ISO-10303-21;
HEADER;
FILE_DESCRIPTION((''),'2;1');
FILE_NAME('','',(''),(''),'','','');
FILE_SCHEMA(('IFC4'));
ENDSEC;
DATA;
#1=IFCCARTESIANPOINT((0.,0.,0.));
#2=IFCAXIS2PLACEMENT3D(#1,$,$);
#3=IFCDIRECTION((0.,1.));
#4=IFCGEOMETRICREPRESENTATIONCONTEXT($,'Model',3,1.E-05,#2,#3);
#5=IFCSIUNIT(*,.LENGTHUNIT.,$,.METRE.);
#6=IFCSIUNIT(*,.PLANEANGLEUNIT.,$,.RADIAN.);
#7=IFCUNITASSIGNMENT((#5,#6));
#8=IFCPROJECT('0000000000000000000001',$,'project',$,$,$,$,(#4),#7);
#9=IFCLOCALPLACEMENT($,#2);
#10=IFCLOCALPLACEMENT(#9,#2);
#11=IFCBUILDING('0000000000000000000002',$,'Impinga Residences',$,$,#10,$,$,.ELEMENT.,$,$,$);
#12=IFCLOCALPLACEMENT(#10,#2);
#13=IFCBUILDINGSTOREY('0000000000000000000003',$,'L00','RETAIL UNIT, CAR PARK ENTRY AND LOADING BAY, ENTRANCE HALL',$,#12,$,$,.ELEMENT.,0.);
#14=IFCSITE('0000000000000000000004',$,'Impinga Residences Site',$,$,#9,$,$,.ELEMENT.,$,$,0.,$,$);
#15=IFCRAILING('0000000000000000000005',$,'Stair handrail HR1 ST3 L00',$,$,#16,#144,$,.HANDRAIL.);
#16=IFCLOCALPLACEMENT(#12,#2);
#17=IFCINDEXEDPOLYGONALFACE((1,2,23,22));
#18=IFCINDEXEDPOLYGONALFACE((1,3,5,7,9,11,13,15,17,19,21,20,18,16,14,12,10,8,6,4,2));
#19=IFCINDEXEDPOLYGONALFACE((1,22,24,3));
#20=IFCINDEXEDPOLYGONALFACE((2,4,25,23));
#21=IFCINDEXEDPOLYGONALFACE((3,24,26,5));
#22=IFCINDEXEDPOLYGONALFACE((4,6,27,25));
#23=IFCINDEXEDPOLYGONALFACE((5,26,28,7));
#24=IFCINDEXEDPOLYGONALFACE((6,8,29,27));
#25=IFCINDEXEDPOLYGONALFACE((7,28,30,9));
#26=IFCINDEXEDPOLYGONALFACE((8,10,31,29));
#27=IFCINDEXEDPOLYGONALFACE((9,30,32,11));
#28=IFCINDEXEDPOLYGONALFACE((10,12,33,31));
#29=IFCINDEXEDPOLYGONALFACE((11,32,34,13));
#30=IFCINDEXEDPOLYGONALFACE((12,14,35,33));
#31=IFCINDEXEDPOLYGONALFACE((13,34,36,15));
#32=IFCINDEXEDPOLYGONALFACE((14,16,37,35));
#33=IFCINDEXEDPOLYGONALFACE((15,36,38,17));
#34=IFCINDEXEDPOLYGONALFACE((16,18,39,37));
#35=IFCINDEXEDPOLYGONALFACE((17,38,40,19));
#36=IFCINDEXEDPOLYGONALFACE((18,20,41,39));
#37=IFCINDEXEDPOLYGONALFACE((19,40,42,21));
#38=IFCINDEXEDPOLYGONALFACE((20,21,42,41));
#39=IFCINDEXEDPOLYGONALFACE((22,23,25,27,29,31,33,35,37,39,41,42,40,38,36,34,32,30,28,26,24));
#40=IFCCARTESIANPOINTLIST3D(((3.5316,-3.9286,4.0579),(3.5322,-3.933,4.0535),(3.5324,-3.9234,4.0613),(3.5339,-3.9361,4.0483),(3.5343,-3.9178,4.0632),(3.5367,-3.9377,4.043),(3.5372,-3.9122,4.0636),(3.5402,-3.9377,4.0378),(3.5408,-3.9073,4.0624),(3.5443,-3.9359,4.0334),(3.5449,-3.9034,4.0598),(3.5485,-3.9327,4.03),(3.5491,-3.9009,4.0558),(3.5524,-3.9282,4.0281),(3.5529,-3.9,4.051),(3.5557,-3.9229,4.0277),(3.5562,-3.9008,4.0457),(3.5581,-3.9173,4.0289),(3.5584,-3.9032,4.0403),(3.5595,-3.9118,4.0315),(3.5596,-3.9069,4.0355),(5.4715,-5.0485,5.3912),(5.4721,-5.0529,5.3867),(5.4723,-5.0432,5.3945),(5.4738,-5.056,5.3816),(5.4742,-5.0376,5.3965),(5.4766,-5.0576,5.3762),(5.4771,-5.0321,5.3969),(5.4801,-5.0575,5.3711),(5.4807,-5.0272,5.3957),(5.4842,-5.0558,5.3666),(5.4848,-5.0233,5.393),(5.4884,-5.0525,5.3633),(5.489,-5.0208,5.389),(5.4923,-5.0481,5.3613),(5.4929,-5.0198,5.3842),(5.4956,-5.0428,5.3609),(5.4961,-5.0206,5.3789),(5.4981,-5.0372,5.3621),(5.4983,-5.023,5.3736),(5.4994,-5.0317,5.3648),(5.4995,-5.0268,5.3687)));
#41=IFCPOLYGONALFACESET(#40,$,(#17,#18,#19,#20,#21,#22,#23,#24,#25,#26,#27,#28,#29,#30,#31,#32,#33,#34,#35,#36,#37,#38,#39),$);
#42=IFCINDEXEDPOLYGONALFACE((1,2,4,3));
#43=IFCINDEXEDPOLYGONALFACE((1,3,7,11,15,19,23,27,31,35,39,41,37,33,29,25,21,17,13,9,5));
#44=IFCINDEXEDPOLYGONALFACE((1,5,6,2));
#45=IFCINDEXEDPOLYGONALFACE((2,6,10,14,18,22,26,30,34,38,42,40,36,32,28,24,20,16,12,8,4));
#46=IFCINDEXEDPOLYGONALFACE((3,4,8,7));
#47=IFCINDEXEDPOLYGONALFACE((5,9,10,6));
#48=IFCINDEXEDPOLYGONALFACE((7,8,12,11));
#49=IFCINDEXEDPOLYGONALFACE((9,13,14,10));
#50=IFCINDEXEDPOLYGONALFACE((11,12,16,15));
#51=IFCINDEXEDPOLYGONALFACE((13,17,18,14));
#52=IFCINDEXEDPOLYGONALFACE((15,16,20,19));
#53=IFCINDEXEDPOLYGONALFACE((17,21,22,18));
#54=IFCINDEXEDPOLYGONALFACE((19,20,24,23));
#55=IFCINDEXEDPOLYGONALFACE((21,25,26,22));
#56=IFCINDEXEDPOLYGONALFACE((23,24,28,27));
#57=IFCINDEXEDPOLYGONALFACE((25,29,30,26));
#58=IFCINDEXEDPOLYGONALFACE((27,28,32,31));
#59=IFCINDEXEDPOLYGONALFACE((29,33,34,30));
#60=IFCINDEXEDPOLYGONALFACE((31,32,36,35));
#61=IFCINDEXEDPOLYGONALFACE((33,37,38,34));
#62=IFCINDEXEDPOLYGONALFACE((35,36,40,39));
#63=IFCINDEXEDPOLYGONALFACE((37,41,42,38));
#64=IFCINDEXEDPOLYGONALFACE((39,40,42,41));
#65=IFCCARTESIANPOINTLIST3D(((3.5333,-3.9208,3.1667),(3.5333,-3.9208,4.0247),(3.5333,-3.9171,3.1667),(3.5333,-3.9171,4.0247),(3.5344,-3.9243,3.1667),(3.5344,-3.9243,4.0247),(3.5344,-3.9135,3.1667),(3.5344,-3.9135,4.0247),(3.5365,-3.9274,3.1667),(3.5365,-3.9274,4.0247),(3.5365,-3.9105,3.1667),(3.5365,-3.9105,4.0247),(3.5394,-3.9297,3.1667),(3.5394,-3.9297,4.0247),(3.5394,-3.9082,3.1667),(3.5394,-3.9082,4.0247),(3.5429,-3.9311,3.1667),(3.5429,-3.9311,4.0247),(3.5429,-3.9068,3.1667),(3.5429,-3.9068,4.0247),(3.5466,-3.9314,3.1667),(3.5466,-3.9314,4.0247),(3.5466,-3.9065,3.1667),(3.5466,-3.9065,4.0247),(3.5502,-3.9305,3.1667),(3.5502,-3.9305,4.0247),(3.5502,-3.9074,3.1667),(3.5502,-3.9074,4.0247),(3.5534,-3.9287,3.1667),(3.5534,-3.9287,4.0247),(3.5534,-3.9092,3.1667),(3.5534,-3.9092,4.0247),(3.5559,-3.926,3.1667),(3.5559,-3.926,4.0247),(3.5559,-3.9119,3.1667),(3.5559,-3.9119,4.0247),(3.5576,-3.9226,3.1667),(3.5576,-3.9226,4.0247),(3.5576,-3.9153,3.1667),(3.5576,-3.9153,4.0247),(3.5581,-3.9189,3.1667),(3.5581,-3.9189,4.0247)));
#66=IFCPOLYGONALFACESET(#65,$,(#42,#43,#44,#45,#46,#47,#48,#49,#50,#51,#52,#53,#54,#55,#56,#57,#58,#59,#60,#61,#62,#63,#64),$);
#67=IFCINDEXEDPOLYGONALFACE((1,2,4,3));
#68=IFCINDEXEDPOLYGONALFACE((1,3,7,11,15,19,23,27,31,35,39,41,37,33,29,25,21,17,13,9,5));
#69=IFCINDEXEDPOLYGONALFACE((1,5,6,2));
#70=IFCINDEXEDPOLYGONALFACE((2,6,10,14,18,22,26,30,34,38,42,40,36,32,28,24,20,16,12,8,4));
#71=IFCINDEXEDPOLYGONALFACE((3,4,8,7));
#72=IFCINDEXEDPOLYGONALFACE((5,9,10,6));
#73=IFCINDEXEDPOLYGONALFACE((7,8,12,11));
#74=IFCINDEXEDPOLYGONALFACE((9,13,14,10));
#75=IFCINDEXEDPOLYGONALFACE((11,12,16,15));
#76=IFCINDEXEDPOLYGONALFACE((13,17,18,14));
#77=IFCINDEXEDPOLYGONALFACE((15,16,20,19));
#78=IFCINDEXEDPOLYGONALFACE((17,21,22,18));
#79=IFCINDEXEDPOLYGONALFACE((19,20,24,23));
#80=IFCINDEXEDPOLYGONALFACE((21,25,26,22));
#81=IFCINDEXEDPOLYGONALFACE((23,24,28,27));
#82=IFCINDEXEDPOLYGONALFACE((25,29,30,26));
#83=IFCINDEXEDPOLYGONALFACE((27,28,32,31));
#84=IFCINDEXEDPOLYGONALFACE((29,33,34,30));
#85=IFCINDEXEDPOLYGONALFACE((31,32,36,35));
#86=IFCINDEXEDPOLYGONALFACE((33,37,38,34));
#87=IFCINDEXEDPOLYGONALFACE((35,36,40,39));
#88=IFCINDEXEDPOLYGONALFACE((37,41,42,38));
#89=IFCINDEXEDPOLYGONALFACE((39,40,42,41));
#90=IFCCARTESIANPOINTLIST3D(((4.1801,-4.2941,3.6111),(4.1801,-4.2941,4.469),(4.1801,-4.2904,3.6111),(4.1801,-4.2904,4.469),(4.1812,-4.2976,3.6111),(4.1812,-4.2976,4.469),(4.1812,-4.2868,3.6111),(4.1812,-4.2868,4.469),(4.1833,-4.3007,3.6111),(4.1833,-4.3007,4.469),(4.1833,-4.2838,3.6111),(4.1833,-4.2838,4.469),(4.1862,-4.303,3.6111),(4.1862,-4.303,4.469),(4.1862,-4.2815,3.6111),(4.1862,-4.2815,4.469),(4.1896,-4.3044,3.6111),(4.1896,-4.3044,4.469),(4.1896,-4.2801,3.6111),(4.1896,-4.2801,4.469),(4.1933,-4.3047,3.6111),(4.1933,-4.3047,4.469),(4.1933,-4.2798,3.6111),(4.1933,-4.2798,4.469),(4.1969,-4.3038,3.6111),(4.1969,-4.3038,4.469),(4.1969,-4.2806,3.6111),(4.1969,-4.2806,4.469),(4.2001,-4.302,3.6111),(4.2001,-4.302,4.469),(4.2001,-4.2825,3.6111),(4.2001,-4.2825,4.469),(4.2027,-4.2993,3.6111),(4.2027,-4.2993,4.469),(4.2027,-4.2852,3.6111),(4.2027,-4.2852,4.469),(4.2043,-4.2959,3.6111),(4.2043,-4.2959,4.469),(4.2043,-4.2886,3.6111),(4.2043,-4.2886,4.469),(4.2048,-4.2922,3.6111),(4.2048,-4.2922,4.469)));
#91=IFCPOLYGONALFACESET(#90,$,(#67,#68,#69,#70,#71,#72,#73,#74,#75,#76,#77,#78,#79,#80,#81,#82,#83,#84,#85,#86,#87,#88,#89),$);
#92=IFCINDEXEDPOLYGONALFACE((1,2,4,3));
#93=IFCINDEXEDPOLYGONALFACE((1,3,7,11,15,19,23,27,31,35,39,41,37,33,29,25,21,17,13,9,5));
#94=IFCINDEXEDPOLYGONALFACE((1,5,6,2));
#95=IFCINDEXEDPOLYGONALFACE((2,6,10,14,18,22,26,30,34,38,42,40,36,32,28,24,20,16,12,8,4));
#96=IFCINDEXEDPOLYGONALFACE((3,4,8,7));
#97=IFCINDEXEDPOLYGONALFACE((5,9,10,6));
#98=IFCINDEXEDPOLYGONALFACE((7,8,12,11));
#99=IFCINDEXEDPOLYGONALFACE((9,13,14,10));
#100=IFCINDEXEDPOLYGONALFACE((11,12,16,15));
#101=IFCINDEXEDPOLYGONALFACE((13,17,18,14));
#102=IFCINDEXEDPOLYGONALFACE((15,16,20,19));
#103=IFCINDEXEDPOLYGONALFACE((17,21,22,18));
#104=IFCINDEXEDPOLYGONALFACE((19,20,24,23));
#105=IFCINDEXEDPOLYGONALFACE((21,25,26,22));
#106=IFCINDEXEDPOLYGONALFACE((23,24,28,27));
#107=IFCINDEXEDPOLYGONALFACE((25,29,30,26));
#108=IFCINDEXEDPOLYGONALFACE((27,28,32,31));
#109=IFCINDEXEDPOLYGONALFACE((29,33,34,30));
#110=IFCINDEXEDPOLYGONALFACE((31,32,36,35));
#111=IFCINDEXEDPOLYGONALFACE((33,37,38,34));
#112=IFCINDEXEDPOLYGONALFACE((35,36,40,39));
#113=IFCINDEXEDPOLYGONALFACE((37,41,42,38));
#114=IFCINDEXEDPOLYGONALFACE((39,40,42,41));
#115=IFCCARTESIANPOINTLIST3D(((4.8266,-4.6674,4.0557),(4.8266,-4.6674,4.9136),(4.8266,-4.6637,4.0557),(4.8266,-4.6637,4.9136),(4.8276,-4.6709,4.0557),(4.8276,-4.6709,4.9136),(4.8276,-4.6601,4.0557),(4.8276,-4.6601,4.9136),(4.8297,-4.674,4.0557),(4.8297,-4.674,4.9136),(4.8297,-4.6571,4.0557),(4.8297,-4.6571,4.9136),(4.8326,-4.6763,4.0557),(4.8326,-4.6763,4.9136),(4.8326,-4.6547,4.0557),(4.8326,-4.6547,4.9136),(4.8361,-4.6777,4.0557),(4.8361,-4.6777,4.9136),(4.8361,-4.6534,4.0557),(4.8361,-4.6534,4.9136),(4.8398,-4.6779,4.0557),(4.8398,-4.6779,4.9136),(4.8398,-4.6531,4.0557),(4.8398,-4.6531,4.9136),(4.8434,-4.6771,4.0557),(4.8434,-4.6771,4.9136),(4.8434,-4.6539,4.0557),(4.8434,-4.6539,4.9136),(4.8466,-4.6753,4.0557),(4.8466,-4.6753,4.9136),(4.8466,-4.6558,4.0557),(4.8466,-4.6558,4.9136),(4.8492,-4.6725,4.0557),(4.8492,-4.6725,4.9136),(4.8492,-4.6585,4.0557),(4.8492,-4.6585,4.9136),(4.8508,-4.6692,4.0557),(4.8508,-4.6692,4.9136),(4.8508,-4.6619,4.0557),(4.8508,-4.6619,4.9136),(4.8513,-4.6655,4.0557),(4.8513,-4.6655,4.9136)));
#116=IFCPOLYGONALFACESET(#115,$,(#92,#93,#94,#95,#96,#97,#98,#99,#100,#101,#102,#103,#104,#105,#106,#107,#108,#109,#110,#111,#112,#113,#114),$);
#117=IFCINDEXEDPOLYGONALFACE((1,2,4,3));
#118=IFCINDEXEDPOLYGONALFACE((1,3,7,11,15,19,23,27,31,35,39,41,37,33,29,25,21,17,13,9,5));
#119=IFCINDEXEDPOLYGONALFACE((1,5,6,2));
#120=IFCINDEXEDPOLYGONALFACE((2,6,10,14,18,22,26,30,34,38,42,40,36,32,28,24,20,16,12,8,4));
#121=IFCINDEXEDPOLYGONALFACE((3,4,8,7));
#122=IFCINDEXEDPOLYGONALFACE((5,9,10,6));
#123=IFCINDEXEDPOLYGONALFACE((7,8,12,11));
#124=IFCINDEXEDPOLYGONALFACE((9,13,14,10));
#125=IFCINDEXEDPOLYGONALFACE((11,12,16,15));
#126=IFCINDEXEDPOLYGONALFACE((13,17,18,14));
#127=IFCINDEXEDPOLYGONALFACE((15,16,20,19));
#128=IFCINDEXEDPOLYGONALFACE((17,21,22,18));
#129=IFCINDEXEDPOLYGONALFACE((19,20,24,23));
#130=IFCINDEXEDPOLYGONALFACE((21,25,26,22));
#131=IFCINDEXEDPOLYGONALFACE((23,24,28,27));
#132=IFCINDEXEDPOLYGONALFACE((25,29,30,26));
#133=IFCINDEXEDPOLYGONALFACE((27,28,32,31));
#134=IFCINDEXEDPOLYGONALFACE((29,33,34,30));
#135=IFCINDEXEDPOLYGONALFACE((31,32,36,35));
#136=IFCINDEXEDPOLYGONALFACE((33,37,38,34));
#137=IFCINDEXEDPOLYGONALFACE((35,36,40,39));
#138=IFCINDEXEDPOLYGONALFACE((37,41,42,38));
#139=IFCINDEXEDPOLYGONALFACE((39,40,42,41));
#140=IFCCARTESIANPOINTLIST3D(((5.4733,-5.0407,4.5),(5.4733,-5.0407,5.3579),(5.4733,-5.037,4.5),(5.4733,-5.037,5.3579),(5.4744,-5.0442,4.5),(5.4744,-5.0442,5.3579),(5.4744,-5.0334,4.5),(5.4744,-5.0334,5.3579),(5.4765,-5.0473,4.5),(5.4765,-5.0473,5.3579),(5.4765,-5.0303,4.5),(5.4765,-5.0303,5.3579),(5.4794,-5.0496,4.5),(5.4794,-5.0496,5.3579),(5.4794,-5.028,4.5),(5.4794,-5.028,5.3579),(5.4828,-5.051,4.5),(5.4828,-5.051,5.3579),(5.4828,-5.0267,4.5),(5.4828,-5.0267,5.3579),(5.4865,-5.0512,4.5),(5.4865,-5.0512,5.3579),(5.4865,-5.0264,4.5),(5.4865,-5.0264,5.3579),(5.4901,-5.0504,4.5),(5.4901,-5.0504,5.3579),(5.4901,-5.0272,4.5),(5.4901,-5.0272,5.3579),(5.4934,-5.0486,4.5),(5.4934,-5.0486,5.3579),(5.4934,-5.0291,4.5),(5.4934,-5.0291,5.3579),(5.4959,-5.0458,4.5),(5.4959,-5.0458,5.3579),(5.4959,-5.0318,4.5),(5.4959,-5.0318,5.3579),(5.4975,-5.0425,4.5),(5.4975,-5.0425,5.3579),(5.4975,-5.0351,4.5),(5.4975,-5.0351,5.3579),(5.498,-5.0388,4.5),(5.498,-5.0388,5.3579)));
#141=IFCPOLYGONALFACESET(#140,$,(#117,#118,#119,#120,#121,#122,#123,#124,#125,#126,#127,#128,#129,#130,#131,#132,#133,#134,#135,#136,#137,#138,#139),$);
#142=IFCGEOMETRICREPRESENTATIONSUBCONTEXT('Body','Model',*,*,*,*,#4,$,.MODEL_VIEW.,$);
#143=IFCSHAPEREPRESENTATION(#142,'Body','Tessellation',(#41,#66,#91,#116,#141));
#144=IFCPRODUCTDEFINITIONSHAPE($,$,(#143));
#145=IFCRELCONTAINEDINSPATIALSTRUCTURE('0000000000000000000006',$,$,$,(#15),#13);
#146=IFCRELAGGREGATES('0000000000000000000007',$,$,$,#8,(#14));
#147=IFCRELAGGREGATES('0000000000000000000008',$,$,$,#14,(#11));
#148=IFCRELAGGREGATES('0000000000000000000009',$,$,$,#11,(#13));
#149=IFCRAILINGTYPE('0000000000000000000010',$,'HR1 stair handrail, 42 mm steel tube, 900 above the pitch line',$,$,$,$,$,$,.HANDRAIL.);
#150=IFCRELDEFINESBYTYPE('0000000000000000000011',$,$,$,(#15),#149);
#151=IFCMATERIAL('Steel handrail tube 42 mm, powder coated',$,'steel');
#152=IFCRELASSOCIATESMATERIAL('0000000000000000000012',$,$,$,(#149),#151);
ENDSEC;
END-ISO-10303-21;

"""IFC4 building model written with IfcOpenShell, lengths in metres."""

from ifc_helpers import new_model, si_unit, direction, frame, origin, origin_2d, place, context, subcontext, project, spatial, circle, extrude, material, type_object, element, save


model = new_model("IFC4")

# Units and contexts
model_context = context("Model", 3, precision=1e-05, world=origin(), true_north=direction((0.0, 1.0)))
body_context = subcontext(model_context, "Body", "Model", "MODEL_VIEW")
ifc_project = project(units=[si_unit("LENGTHUNIT", "METRE"), si_unit("PLANEANGLEUNIT", "RADIAN")], contexts=[model_context])

# Site, building, storey
site_placement = place(None, origin())
site = spatial("IfcSite", under=ifc_project, at=site_placement, Name="Impinga Residences Site", CompositionType="ELEMENT", RefElevation=0.0)
building_placement = place(site_placement, origin())
building = spatial("IfcBuilding", under=site, at=building_placement, Name="Impinga Residences", CompositionType="ELEMENT")
storey_placement = place(building_placement, origin())
storey = spatial("IfcBuildingStorey", under=building, at=storey_placement, Name="L00", Description="RETAIL UNIT, CAR PARK ENTRY AND LOADING BAY, ENTRANCE HALL", CompositionType="ELEMENT", Elevation=0.0)

# Railing
ifc_material_1 = material(Name="Steel handrail tube 42 mm, powder coated", Category="steel")
railing_type = type_object("IfcRailingType", Name="HR1 stair handrail, 42 mm steel tube, 900 above the pitch line", PredefinedType="HANDRAIL", material=ifc_material_1)
for number, where, name in (
    (1, (3.5457, -3.9189, 3.1667), "Stair handrail HR1 ST3 L00"),
):
    element("IfcRailing", number, at=place(storey_placement, frame(where)), inside=storey, type_object=railing_type, Name=name, PredefinedType="HANDRAIL", context=body_context, shape_type="SweptSolid", body=[
        extrude(circle(Radius=0.021, at=origin_2d()), frame((0.0, 0.0, 0.8789), z_axis=(0.744205, -0.429608, 0.511465), x_axis=(0.499949, 0.866055, 0.0)), (0.0, 0.0, 1.0), 2.6067),
        extrude(circle(Radius=0.0125, at=origin_2d()), origin(), (0.0, 0.0, 1.0), 0.8579),
        extrude(circle(Radius=0.0125, at=origin_2d()), frame((0.6467, -0.3733, 0.4443)), (0.0, 0.0, 1.0), 0.8579),
        extrude(circle(Radius=0.0125, at=origin_2d()), frame((1.2932, -0.7466, 0.8889)), (0.0, 0.0, 1.0), 0.8579),
        extrude(circle(Radius=0.0125, at=origin_2d()), frame((1.9399, -1.1199, 1.3333)), (0.0, 0.0, 1.0), 0.8579),
    ])

save(model, "model.ifc")
